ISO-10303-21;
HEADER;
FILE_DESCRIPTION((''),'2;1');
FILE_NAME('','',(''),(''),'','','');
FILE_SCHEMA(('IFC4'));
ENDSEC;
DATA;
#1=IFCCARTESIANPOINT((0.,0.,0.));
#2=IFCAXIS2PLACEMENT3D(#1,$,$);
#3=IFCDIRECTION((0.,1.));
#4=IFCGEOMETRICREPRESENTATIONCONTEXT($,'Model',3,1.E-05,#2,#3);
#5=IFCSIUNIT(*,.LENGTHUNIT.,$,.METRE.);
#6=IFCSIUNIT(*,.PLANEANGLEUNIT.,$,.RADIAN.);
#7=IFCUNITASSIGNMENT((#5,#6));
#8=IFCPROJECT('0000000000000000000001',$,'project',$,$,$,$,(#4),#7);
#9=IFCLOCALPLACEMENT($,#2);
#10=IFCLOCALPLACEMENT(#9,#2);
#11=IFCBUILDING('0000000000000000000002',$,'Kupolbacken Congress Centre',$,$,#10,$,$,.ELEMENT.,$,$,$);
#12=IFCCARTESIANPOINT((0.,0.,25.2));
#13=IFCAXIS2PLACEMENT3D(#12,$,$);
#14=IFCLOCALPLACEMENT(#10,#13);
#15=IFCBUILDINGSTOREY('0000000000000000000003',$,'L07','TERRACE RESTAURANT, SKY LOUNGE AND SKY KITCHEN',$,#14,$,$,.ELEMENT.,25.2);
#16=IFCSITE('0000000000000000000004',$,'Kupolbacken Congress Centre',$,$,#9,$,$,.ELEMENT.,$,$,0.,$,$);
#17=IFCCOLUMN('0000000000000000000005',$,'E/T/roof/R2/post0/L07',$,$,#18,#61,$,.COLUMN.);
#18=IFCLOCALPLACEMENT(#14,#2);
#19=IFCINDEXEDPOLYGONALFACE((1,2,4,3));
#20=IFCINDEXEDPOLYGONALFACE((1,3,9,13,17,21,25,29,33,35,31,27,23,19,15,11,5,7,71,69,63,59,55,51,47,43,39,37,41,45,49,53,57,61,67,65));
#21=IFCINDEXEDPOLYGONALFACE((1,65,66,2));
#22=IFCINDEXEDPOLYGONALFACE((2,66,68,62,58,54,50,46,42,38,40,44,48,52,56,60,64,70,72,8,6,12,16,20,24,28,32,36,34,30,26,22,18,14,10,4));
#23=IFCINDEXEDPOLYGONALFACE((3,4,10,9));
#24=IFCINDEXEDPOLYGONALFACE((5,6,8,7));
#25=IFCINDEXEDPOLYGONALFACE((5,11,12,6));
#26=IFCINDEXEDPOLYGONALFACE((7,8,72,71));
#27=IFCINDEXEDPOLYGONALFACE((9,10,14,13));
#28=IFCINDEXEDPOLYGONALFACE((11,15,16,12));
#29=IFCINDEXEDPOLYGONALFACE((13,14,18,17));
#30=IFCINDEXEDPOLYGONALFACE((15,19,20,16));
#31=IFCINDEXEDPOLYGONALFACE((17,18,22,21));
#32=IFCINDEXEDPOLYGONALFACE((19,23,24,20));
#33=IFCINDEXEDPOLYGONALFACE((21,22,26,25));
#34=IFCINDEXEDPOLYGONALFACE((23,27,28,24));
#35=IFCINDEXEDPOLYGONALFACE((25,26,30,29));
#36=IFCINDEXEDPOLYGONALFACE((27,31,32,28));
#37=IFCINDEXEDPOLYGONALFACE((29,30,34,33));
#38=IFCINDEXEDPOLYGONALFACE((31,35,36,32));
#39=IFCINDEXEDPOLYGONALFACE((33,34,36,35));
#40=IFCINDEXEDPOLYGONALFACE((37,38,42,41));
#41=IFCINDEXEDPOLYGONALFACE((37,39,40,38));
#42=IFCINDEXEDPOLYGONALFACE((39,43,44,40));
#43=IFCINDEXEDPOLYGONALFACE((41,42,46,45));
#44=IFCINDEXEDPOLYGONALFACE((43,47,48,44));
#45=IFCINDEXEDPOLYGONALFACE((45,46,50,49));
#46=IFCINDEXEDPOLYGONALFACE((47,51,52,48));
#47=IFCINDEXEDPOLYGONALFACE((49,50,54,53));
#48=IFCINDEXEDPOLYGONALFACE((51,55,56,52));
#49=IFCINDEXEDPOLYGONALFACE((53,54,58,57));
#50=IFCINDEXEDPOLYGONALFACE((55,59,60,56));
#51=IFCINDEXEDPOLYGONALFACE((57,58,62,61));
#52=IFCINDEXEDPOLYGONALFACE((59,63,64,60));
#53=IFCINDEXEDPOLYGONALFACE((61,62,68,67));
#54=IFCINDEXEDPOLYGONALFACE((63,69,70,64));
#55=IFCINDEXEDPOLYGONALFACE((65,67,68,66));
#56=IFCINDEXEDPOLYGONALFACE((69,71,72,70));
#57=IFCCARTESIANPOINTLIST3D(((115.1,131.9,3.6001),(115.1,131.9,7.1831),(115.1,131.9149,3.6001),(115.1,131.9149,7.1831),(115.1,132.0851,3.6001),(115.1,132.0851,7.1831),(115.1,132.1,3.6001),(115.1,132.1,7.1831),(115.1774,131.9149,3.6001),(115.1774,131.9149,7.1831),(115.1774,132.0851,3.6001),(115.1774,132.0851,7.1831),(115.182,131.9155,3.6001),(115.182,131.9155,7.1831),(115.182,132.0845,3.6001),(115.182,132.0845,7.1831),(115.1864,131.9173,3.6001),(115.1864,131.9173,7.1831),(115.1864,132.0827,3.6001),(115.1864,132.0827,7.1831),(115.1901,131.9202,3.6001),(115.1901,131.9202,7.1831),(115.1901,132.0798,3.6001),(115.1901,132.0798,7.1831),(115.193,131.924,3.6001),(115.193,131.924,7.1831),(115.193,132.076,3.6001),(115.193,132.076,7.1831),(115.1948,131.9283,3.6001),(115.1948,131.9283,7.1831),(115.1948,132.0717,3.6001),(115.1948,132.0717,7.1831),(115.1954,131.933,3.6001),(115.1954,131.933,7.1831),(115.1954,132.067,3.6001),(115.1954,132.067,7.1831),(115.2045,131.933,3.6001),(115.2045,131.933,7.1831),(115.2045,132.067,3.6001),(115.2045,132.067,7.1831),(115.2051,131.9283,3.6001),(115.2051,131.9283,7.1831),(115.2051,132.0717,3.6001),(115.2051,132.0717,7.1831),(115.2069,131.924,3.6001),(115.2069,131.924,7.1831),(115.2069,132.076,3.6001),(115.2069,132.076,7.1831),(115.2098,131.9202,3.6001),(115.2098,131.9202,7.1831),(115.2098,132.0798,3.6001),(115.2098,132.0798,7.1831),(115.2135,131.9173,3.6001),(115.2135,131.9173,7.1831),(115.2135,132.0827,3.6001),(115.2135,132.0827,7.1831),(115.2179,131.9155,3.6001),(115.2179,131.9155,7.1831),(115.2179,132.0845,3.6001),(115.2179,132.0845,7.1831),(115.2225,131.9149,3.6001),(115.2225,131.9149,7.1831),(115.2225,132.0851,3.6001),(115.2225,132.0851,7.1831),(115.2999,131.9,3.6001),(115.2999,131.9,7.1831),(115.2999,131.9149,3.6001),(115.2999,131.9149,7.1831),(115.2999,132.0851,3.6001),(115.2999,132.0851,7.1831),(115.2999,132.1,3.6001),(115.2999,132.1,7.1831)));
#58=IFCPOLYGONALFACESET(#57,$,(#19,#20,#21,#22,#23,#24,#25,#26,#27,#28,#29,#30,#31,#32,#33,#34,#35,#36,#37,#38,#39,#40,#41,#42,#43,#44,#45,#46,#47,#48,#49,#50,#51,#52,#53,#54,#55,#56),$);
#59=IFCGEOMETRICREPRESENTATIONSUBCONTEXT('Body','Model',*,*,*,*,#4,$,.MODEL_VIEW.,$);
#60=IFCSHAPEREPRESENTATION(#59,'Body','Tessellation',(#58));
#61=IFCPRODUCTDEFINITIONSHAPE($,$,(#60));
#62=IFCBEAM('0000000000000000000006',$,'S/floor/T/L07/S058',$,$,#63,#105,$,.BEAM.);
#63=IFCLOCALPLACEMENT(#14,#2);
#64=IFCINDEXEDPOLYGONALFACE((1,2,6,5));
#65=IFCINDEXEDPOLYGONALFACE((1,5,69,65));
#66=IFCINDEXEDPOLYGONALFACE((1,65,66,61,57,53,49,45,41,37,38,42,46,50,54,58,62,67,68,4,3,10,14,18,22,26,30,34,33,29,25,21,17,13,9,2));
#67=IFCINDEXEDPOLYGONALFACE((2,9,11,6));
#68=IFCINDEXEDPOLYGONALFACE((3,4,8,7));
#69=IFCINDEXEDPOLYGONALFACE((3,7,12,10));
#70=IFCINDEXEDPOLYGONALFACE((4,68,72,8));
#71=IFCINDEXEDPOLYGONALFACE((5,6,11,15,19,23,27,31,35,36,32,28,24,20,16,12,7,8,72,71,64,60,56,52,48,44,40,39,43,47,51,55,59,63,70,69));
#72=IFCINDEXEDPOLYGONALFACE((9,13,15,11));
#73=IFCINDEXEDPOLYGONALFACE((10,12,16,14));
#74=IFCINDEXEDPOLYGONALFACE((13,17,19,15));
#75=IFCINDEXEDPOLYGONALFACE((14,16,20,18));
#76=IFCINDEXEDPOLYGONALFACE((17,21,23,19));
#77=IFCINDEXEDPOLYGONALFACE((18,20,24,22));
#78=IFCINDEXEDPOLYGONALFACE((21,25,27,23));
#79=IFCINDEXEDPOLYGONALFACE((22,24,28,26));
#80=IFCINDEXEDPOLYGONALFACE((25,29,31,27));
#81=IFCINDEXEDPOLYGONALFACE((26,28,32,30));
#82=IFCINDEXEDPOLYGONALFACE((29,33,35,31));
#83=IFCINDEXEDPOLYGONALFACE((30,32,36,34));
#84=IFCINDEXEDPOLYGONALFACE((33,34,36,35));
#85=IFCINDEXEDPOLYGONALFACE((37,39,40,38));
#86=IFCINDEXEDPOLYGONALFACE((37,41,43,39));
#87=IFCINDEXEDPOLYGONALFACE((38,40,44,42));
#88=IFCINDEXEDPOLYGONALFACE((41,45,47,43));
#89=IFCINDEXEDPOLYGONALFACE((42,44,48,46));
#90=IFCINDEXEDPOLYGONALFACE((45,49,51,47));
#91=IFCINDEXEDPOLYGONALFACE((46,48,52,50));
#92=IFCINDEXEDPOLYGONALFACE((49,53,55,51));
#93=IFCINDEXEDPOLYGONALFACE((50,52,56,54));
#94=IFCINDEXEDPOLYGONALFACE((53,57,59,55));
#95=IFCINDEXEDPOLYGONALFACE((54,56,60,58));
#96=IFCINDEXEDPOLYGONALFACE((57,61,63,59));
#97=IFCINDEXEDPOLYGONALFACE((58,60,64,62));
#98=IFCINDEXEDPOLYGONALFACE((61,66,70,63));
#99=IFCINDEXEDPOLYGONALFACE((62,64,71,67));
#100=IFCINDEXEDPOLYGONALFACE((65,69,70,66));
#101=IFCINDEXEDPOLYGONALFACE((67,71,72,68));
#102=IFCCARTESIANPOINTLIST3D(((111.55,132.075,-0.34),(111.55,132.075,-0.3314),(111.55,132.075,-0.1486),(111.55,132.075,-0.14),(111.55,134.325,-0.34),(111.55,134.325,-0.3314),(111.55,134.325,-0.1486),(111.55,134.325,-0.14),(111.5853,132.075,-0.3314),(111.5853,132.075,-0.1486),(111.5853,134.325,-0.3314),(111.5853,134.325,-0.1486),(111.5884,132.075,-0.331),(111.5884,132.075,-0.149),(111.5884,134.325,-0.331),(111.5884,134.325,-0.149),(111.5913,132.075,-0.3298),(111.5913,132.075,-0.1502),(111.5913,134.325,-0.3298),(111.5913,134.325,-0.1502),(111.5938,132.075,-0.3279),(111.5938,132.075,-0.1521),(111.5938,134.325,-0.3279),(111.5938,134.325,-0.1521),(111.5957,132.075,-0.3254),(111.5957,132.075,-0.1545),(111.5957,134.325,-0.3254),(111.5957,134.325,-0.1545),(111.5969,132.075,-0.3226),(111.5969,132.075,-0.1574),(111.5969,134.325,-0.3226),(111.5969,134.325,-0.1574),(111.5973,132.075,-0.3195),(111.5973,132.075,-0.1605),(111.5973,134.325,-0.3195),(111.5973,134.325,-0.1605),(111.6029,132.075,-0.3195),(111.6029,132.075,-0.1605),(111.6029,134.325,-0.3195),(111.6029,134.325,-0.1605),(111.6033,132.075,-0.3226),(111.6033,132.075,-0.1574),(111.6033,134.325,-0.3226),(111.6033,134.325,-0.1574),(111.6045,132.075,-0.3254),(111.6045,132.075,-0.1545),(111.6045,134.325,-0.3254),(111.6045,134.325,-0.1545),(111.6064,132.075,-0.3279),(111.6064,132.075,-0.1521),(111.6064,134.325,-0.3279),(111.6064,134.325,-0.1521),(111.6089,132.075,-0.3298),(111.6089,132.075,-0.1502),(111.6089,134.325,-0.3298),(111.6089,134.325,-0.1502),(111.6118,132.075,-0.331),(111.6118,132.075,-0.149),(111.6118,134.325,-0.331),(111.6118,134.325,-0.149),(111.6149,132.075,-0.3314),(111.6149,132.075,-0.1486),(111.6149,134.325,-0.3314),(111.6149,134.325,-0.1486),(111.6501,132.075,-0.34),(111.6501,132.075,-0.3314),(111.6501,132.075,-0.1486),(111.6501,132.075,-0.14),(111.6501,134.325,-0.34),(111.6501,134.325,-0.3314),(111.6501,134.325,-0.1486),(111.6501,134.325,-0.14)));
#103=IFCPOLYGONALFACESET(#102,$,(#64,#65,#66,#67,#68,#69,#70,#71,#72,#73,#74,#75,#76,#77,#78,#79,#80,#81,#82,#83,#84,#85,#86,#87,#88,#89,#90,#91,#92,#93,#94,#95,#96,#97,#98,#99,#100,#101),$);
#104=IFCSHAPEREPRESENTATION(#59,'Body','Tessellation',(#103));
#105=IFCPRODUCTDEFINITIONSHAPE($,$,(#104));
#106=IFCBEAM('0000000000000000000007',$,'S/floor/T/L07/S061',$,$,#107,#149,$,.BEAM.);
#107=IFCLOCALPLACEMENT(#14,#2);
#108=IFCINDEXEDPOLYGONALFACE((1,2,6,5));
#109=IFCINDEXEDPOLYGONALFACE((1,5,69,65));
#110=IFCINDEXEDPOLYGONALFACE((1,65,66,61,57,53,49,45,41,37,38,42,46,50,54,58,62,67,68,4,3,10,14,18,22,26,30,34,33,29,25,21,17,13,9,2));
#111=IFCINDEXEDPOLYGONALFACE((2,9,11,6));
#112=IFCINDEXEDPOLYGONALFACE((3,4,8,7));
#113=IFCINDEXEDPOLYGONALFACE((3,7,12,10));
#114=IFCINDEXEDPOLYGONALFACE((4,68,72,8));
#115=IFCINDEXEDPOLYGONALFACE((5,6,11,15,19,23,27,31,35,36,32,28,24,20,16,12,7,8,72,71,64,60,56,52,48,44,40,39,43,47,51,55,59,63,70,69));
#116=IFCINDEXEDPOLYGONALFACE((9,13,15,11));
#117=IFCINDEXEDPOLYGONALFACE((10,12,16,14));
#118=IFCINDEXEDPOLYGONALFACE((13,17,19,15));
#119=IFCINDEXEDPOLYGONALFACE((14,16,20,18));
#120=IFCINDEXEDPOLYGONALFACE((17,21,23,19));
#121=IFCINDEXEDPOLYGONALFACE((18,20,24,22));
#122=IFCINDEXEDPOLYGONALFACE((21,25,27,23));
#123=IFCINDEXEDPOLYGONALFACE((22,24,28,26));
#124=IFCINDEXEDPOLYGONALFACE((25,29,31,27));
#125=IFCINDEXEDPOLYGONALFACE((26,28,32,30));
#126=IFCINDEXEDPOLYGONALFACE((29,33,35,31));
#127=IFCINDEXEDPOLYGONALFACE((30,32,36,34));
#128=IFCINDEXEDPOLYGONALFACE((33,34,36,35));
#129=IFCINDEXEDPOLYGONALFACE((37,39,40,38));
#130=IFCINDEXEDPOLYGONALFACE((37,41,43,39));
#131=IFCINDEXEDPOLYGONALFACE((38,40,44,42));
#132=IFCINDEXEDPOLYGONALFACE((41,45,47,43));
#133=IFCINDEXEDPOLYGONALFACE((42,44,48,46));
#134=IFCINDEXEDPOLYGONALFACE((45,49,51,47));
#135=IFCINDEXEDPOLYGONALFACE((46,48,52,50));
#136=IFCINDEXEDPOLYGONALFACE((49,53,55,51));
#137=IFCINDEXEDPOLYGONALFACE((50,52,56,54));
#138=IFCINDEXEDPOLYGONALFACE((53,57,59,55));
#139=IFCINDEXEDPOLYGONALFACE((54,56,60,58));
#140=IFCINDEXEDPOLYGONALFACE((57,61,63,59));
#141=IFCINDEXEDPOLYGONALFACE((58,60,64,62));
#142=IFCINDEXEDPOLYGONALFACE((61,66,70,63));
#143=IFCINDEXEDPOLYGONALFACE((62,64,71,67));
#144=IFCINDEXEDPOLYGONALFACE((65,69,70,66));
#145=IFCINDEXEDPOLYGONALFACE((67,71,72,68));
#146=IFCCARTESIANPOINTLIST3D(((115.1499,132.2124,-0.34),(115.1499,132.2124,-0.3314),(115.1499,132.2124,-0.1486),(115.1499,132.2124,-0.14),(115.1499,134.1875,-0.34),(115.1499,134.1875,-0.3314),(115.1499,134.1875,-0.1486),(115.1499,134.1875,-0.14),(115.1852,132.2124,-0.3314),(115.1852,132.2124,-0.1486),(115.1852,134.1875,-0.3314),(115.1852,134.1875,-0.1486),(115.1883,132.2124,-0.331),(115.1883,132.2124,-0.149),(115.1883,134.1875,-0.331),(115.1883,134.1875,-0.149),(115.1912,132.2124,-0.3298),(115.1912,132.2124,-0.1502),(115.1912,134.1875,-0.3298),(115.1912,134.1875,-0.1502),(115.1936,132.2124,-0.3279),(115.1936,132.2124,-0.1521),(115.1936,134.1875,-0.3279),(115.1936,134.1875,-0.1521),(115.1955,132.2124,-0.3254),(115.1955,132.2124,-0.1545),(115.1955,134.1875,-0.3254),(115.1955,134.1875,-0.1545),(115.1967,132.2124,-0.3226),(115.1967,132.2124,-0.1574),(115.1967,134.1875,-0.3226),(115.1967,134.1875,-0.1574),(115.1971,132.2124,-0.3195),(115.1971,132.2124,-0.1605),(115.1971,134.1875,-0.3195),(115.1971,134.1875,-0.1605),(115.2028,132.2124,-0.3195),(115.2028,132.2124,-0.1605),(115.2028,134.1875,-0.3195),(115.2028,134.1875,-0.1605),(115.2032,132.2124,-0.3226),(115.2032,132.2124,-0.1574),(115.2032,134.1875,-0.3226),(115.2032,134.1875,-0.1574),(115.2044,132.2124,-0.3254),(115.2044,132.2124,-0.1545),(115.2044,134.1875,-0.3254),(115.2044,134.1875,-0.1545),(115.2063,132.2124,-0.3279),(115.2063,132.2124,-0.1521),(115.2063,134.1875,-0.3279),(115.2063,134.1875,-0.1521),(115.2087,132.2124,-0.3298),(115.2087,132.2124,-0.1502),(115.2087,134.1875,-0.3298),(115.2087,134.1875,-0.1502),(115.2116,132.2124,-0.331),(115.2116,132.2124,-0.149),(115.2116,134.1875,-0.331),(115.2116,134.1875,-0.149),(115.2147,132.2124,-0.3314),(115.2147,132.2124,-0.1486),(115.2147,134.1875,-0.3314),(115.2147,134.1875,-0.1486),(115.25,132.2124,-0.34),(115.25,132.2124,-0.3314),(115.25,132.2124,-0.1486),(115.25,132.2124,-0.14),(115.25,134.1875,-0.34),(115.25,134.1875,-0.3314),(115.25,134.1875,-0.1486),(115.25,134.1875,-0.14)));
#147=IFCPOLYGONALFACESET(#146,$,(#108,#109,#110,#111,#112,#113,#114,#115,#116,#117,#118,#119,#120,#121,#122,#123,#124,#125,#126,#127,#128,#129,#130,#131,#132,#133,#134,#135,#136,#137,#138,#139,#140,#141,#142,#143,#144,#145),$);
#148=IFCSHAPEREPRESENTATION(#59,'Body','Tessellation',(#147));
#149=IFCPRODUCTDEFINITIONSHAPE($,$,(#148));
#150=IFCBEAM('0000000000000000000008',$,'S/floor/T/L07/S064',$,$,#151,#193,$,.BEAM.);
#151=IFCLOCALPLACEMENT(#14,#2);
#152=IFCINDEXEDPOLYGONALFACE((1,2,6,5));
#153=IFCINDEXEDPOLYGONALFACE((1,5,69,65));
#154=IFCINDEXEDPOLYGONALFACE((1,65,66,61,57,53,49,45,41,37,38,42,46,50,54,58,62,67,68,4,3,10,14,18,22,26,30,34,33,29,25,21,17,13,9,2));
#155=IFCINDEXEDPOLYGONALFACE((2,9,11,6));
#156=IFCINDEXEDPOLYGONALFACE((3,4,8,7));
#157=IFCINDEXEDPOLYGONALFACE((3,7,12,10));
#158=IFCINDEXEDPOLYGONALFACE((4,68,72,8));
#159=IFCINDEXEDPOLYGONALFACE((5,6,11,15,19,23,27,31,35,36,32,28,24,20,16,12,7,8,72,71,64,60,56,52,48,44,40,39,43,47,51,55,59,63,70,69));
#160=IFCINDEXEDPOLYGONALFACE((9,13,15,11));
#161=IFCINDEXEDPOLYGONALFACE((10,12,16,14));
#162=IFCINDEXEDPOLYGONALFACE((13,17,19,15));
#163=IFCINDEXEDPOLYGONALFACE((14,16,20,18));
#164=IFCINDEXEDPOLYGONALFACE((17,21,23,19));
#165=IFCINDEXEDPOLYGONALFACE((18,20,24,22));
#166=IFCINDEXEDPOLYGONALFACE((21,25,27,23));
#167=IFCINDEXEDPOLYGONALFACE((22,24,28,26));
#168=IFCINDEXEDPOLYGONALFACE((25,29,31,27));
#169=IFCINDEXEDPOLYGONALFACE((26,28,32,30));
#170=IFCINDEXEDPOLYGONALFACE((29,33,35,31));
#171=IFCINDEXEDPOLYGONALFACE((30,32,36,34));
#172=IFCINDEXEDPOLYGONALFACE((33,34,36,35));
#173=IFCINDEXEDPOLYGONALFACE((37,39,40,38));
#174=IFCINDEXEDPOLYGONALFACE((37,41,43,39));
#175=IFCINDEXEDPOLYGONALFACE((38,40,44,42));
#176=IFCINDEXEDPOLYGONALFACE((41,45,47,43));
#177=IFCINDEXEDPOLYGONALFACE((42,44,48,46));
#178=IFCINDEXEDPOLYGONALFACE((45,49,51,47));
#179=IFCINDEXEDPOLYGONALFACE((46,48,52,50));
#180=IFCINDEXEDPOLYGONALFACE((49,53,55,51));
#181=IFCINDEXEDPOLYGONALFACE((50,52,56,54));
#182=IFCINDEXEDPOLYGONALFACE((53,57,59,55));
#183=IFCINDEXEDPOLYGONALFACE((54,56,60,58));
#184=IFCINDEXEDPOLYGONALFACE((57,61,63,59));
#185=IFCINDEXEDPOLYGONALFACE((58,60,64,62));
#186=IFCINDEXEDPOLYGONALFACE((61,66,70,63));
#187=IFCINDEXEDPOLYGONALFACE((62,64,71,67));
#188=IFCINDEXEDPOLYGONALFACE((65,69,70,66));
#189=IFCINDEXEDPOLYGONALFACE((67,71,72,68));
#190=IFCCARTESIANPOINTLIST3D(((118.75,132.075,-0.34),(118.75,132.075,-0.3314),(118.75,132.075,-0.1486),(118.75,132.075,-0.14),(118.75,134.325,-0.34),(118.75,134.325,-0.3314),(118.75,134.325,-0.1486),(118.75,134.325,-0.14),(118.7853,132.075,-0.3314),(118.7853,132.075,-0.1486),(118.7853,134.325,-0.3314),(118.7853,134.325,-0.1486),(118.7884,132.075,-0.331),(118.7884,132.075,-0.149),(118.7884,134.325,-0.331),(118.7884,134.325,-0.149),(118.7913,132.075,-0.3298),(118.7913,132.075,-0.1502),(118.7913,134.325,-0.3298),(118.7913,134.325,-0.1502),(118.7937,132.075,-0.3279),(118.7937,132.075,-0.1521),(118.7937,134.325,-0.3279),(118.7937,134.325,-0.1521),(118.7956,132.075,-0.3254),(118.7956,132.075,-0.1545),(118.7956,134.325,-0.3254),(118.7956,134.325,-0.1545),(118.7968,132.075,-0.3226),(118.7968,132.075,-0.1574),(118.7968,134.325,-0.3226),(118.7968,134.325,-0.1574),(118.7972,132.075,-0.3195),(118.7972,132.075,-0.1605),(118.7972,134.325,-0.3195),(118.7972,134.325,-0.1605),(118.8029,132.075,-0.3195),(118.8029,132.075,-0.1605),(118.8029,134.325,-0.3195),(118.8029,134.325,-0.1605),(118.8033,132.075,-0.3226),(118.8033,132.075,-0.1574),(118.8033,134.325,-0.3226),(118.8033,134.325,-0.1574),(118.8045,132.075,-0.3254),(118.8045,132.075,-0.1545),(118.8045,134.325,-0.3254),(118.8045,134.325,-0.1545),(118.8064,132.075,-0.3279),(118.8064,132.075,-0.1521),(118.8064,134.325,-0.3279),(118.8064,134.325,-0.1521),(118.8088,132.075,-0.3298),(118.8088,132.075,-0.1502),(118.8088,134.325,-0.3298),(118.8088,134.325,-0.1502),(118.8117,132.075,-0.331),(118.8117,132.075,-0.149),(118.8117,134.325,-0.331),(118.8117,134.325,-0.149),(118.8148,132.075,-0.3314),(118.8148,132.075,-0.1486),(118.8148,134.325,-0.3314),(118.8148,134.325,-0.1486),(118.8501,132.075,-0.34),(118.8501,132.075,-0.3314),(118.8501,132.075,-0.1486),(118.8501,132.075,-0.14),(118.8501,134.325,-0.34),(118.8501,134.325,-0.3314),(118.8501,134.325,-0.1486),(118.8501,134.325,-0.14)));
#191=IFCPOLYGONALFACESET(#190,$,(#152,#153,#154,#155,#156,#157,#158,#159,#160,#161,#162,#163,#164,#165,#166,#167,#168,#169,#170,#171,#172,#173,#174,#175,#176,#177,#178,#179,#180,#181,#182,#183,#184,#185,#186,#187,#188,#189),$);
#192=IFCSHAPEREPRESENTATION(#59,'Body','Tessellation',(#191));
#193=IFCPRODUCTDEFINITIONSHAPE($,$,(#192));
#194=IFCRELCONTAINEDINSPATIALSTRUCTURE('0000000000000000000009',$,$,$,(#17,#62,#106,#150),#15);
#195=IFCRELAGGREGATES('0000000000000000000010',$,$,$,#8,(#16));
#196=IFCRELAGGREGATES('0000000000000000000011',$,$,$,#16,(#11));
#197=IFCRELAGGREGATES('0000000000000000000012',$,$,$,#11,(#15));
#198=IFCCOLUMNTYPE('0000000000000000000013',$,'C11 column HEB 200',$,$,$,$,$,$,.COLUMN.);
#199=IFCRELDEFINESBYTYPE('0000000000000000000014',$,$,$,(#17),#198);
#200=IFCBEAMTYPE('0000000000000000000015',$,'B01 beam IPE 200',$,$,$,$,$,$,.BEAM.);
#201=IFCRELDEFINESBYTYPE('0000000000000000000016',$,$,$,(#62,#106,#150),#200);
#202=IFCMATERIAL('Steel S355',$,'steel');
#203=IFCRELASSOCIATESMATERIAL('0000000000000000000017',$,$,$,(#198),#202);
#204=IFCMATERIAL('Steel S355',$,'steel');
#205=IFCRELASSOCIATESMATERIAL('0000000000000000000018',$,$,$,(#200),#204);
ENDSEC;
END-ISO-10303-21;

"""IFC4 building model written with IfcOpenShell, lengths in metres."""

from ifc_helpers import new_model, si_unit, direction, frame, origin, origin_2d, place, context, subcontext, project, spatial, i_section, extrude, material, material_profile, profile_set, type_object, element, save


model = new_model("IFC4")

# Units and contexts
model_context = context("Model", 3, precision=1e-05, world=origin(), true_north=direction((0.0, 1.0)))
body_context = subcontext(model_context, "Body", "Model", "MODEL_VIEW")
ifc_project = project(units=[si_unit("LENGTHUNIT", "METRE"), si_unit("PLANEANGLEUNIT", "RADIAN")], contexts=[model_context])

# Site, building, storey
site_placement = place(None, origin())
site = spatial("IfcSite", under=ifc_project, at=site_placement, Name="Kupolbacken Congress Centre", CompositionType="ELEMENT", RefElevation=0.0)
building_placement = place(site_placement, origin())
building = spatial("IfcBuilding", under=site, at=building_placement, Name="Kupolbacken Congress Centre", CompositionType="ELEMENT")
storey_placement = place(building_placement, frame((0.0, 0.0, 25.2)))
storey = spatial("IfcBuildingStorey", under=building, at=storey_placement, Name="L07", Description="TERRACE RESTAURANT, SKY LOUNGE AND SKY KITCHEN", CompositionType="ELEMENT", Elevation=25.2)

# Column
ifc_material_1 = material(Name="Steel S355", Category="steel")
ifc_material_profile_1 = material_profile(ifc_material_1, i_section(OverallWidth=0.2, OverallDepth=0.2, WebThickness=0.009, FlangeThickness=0.0149, FilletRadius=0.0181, at=origin_2d()), Name="HEB 200")
ifc_profile_set_1 = profile_set([ifc_material_profile_1], Name="Steel S355")
column_type_1 = type_object("IfcColumnType", Name="C11 column HEB 200", PredefinedType="COLUMN", material=ifc_profile_set_1)
column_placement = place(storey_placement, frame((115.2, 132.0, 3.6001), z_axis=(0.0, 0.0, 1.0), x_axis=(1.0, 0.0, 0.0)))
element("IfcColumn", 1, at=column_placement, inside=storey, type_object=column_type_1, Name="E/T/roof/R2/post0/L07", PredefinedType="COLUMN", context=body_context, shape_type="SweptSolid", body=[
    extrude(i_section(OverallWidth=0.2, OverallDepth=0.2, WebThickness=0.009, FlangeThickness=0.0149, FilletRadius=0.0181, at=origin_2d()), origin(), (0.0, 0.0, 1.0), 3.583),
])

# Beams
ifc_material_2 = material(Name="Steel S355", Category="steel")
ifc_material_profile_2 = material_profile(ifc_material_2, i_section(OverallWidth=0.1001, OverallDepth=0.2, WebThickness=0.0056, FlangeThickness=0.0085, FilletRadius=0.012, at=origin_2d()), Name="IPE 200")
ifc_profile_set_2 = profile_set([ifc_material_profile_2], Name="Steel S355")
beam_type_1 = type_object("IfcBeamType", Name="B01 beam IPE 200", PredefinedType="BEAM", material=ifc_profile_set_2)
beam_1_placement = place(storey_placement, frame((111.6001, 132.075, -0.24), z_axis=(0.0, 1.0, 0.0), x_axis=(-1.0, 0.0, 0.0)))
element("IfcBeam", 2, at=beam_1_placement, inside=storey, type_object=beam_type_1, Name="S/floor/T/L07/S058", PredefinedType="BEAM", context=body_context, shape_type="SweptSolid", body=[
    extrude(i_section(OverallWidth=0.1001, OverallDepth=0.2, WebThickness=0.0056, FlangeThickness=0.0085, FilletRadius=0.012, at=origin_2d()), origin(), (0.0, 0.0, 1.0), 2.25),
])
beam_2_placement = place(storey_placement, frame((115.2, 132.2124, -0.24), z_axis=(0.0, 1.0, 0.0), x_axis=(-1.0, 0.0, 0.0)))
element("IfcBeam", 3, at=beam_2_placement, inside=storey, type_object=beam_type_1, Name="S/floor/T/L07/S061", PredefinedType="BEAM", context=body_context, shape_type="SweptSolid", body=[
    extrude(i_section(OverallWidth=0.1001, OverallDepth=0.2, WebThickness=0.0056, FlangeThickness=0.0085, FilletRadius=0.012, at=origin_2d()), origin(), (0.0, 0.0, 1.0), 1.9751),
])
beam_3_placement = place(storey_placement, frame((118.8, 132.075, -0.24), z_axis=(0.0, 1.0, 0.0), x_axis=(-1.0, 0.0, 0.0)))
element("IfcBeam", 4, at=beam_3_placement, inside=storey, type_object=beam_type_1, Name="S/floor/T/L07/S064", PredefinedType="BEAM", context=body_context, shape_type="SweptSolid", body=[
    extrude(i_section(OverallWidth=0.1001, OverallDepth=0.2, WebThickness=0.0056, FlangeThickness=0.0085, FilletRadius=0.012, at=origin_2d()), origin(), (0.0, 0.0, 1.0), 2.25),
])

save(model, "model.ifc")
